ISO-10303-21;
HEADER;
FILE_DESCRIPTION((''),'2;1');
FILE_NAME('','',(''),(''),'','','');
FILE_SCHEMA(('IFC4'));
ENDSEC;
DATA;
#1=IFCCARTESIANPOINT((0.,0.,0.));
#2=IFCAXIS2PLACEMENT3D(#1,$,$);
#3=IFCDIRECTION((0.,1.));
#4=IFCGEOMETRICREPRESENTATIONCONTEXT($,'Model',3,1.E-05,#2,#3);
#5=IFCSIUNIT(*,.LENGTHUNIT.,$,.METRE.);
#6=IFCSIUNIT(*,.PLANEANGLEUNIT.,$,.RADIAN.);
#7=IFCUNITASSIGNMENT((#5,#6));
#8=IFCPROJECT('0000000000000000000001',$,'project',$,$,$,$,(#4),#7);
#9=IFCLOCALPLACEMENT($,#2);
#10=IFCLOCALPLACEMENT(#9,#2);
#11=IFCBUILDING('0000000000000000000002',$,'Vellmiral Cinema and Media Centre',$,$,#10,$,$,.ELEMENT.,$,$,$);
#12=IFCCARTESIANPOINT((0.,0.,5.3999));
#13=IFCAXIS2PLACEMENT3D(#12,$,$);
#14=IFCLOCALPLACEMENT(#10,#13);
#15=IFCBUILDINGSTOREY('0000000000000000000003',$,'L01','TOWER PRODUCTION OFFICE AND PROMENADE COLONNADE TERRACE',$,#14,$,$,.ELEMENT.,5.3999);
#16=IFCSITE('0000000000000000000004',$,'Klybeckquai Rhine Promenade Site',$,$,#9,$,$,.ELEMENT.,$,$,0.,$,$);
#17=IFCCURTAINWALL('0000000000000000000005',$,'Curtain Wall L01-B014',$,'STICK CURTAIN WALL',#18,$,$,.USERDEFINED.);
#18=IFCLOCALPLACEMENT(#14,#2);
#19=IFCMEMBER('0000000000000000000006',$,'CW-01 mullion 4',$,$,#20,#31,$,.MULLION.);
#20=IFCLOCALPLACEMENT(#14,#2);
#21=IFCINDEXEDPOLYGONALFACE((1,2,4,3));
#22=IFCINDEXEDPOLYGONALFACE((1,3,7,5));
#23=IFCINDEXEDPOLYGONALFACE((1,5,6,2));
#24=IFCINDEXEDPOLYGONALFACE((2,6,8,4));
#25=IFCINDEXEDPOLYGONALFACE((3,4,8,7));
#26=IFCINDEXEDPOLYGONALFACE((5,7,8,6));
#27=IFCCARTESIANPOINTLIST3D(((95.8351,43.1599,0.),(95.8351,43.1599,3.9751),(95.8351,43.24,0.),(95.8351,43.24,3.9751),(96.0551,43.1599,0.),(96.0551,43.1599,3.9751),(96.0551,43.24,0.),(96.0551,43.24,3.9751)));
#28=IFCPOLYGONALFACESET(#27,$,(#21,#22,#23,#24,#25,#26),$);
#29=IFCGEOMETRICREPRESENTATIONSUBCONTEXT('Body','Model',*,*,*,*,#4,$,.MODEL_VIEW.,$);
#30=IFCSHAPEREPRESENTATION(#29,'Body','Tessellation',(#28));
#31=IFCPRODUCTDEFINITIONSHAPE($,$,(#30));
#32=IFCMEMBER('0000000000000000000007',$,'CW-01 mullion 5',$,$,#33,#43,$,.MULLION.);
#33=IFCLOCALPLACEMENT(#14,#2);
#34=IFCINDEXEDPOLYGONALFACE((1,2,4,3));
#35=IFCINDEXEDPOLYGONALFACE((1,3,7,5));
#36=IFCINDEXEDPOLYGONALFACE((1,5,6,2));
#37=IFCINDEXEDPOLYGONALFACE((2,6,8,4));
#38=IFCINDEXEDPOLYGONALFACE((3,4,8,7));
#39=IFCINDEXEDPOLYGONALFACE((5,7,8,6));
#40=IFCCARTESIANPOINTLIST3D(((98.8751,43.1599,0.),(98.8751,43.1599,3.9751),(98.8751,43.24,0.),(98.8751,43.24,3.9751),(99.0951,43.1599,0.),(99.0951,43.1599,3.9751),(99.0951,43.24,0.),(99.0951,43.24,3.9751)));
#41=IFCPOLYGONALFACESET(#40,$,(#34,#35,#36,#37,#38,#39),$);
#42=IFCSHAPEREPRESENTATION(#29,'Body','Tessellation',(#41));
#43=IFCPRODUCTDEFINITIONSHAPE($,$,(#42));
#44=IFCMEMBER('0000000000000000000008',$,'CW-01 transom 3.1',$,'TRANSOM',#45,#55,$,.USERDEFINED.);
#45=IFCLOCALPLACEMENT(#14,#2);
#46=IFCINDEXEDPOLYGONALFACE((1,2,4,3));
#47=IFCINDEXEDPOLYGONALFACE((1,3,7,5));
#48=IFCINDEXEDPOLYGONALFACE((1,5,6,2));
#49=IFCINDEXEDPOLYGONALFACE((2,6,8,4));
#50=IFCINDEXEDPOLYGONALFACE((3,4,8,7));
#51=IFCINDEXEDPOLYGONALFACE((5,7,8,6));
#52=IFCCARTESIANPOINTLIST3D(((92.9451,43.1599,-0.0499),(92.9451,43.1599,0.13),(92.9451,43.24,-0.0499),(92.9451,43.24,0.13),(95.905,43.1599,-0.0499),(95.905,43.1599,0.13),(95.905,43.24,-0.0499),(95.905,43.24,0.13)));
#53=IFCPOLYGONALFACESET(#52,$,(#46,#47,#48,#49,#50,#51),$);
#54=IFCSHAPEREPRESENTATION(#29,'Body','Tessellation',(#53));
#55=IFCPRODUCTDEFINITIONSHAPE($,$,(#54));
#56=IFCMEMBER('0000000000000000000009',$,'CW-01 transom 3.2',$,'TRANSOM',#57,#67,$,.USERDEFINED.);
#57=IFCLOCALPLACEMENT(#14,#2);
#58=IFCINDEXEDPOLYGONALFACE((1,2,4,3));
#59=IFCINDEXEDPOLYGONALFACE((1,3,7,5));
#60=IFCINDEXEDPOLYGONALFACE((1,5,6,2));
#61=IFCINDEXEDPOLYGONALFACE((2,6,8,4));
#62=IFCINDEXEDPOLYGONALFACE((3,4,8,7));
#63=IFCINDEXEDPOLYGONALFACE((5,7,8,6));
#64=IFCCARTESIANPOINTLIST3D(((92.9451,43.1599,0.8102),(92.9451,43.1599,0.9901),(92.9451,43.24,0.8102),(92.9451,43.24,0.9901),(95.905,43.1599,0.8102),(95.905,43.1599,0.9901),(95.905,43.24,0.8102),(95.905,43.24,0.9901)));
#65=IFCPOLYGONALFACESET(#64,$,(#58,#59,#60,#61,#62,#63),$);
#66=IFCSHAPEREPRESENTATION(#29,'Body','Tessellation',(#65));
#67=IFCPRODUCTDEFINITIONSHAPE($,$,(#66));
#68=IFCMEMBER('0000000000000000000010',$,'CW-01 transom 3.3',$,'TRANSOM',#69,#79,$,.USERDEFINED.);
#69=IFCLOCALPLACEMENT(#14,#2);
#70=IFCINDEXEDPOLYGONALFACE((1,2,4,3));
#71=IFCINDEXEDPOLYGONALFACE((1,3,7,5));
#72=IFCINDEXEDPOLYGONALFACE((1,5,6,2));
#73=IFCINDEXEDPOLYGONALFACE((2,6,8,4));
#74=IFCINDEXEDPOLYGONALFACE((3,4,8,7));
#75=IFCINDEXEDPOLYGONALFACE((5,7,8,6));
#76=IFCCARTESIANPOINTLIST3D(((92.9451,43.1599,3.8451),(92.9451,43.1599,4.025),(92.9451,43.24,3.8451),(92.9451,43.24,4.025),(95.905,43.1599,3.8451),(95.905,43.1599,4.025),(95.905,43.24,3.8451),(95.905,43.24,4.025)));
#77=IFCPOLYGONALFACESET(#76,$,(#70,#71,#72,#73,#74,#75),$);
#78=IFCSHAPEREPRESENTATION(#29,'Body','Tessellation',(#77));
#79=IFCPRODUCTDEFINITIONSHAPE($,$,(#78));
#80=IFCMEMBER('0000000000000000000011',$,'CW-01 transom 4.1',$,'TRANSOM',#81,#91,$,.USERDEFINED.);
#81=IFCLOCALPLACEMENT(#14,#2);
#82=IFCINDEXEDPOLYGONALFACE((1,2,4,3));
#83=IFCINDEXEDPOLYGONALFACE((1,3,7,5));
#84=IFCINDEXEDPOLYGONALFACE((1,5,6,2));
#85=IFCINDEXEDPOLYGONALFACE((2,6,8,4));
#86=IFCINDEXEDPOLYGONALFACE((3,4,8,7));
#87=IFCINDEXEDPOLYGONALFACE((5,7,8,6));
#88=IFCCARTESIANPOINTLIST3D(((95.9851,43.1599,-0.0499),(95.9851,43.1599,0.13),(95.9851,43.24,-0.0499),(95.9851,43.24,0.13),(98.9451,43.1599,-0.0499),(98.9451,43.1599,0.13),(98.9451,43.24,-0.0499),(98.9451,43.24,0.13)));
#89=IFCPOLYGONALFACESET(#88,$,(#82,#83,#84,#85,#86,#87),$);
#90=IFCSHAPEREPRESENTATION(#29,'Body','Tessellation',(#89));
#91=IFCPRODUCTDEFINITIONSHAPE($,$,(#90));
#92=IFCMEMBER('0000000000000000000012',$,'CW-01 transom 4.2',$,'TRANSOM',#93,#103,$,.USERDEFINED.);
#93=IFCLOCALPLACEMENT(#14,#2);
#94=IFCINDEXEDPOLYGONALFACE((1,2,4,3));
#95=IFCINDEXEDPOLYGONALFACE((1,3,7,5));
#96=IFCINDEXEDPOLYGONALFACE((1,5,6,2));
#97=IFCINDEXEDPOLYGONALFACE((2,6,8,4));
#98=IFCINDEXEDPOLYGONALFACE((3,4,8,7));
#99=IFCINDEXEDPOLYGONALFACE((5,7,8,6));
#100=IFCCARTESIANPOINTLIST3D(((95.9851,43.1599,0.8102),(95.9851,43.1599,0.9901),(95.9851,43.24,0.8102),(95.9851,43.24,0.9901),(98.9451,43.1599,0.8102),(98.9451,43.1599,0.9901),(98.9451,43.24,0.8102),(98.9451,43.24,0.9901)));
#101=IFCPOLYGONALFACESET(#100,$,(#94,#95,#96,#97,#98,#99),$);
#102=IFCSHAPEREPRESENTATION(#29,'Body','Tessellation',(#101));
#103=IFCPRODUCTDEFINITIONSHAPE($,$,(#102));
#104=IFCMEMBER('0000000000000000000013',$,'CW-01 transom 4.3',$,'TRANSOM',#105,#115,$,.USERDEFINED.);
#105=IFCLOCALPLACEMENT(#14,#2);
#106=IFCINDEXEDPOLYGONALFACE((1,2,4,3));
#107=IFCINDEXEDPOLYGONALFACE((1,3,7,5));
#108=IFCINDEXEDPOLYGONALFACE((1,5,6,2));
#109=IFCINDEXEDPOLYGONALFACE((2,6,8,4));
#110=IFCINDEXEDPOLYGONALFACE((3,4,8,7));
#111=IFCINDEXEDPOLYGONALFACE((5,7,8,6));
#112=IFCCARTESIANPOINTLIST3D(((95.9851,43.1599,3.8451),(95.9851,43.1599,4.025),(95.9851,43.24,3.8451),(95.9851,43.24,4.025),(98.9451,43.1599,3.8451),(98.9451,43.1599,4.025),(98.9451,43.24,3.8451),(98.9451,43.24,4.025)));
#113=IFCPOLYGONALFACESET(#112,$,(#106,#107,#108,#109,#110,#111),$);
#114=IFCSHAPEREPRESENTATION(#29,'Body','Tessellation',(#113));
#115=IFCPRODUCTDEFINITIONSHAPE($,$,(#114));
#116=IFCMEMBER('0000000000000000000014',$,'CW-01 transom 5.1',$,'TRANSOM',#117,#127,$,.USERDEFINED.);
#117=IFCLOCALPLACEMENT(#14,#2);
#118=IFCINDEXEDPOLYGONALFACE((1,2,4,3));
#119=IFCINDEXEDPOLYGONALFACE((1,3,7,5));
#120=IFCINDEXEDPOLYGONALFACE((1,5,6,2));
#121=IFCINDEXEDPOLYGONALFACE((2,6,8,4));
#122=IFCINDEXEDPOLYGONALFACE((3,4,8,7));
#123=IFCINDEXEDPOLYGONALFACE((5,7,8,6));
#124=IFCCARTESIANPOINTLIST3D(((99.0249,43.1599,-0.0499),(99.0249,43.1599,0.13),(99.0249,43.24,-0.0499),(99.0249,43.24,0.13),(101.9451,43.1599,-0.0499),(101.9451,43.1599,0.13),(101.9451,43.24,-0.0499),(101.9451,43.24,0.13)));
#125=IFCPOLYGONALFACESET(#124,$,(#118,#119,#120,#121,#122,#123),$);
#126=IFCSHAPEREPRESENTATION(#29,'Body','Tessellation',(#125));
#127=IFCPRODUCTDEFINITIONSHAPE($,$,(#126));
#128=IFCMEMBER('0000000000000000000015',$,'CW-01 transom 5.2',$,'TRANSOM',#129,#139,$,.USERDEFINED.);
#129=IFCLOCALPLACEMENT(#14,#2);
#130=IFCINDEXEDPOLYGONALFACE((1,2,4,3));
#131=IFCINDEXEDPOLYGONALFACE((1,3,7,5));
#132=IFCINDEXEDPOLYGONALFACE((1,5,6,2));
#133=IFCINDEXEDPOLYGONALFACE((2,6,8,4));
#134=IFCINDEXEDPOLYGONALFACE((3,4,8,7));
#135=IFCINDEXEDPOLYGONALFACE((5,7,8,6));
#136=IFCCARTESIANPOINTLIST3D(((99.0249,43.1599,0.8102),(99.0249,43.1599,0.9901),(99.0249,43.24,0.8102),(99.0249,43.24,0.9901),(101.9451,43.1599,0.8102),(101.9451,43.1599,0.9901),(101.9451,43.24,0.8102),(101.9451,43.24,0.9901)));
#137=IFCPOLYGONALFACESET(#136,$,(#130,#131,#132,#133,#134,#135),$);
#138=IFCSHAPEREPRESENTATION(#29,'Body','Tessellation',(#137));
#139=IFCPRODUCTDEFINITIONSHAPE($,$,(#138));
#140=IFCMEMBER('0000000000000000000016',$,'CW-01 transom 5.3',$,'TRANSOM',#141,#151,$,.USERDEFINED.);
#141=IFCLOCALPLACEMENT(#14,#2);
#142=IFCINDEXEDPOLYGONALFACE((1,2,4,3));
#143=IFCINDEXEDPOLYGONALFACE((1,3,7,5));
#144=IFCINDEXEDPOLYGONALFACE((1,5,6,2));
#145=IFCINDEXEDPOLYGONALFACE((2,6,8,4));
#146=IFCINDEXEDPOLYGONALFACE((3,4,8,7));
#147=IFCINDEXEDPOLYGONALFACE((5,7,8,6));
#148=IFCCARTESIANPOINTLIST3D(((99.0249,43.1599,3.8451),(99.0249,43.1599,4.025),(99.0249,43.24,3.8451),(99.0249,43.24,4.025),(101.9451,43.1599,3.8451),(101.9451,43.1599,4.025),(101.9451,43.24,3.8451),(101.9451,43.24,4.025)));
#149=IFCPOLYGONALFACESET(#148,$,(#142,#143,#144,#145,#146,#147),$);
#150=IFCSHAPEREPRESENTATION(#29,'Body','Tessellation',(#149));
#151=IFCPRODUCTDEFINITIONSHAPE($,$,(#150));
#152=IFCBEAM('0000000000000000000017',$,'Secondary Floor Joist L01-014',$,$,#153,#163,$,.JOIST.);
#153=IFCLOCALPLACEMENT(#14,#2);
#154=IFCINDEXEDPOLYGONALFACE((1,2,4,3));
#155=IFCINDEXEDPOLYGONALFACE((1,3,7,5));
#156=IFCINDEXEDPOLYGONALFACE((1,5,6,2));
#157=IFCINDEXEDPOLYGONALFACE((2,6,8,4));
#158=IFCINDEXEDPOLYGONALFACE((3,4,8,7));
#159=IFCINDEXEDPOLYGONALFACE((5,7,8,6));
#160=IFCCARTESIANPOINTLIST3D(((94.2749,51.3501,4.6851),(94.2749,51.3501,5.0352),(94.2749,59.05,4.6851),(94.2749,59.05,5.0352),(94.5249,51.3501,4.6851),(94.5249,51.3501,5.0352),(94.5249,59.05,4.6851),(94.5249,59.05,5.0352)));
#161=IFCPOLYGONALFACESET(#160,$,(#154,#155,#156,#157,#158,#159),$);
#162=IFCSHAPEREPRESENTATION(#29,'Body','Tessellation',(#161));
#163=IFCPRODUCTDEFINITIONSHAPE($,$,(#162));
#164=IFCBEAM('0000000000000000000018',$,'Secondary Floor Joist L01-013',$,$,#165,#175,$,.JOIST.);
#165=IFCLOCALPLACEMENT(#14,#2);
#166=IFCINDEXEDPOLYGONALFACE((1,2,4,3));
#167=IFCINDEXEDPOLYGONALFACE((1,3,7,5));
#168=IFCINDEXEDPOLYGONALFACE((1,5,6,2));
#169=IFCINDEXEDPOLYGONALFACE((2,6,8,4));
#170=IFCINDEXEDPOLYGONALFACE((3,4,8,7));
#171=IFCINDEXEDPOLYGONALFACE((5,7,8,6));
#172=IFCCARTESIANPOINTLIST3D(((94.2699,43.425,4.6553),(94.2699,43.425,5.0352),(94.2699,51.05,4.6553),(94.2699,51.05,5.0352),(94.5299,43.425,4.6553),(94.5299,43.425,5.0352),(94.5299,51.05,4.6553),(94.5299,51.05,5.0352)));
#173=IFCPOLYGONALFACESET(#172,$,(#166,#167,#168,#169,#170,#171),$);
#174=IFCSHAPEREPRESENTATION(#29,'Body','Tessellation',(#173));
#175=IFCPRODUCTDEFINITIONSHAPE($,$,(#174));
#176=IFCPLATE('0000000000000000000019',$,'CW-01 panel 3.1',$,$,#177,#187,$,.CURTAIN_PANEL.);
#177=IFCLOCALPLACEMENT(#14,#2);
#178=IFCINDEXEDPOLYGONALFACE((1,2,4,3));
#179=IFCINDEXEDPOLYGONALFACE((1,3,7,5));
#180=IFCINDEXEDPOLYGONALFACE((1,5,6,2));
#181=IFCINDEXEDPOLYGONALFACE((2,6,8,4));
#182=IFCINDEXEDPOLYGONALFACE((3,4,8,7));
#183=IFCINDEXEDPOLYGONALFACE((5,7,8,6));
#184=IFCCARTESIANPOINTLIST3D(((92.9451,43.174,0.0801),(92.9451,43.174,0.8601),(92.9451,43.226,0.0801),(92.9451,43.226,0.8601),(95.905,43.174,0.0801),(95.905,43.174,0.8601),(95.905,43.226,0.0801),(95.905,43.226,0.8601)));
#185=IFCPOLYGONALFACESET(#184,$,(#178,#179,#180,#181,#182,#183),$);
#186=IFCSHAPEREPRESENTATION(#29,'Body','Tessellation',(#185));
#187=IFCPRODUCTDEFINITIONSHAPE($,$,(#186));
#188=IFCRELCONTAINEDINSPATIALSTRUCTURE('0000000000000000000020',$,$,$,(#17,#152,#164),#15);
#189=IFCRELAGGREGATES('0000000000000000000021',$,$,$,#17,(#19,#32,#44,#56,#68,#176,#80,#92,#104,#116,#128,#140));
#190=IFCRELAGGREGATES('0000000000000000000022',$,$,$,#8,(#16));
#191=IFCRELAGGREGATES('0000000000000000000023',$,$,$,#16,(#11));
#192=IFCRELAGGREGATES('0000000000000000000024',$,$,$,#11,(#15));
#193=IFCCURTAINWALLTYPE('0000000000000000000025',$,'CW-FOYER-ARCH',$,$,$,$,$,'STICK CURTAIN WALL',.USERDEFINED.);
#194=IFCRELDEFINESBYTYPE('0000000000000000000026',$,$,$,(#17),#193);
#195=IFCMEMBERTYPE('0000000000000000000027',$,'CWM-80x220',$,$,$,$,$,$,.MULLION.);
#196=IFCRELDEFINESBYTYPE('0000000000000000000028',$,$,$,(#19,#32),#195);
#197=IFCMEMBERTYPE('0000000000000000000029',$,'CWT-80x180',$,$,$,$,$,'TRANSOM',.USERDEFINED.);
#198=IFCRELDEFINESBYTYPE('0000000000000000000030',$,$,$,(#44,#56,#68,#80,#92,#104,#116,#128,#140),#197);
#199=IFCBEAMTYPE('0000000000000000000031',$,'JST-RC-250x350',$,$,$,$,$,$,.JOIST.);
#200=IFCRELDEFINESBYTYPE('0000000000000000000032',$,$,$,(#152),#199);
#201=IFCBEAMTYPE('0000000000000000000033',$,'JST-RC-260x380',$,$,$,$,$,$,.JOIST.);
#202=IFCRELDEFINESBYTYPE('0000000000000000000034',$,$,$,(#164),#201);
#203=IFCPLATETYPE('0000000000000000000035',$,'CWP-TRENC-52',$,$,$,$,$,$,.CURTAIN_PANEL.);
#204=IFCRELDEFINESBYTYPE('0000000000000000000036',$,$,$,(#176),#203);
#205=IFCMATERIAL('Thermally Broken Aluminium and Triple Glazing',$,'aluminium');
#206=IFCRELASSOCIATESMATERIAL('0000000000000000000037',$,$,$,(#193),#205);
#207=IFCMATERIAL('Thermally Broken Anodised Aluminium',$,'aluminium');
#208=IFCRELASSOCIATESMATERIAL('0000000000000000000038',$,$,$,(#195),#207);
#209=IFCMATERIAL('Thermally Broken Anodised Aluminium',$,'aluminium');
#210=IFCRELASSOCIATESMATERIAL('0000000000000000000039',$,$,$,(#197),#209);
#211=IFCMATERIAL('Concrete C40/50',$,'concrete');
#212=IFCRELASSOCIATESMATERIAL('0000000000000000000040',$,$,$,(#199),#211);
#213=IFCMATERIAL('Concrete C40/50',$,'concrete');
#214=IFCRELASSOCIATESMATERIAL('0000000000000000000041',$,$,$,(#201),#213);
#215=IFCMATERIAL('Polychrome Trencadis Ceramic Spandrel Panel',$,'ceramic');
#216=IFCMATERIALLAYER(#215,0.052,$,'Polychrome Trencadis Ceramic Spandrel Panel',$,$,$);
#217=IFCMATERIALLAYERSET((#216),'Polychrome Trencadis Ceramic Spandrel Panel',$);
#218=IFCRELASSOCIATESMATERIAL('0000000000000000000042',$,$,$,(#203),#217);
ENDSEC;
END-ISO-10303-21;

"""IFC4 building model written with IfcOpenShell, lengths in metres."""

from ifc_helpers import new_model, si_unit, direction, frame, origin, origin_2d, place, context, subcontext, project, spatial, rectangle, extrude, material, layer, layer_set, material_profile, profile_set, type_object, element, aggregate, save


model = new_model("IFC4")

# Units and contexts
model_context = context("Model", 3, precision=1e-05, world=origin(), true_north=direction((0.0, 1.0)))
body_context = subcontext(model_context, "Body", "Model", "MODEL_VIEW")
ifc_project = project(units=[si_unit("LENGTHUNIT", "METRE"), si_unit("PLANEANGLEUNIT", "RADIAN")], contexts=[model_context])

# Site, building, storey
site_placement = place(None, origin())
site = spatial("IfcSite", under=ifc_project, at=site_placement, Name="Klybeckquai Rhine Promenade Site", CompositionType="ELEMENT", RefElevation=0.0)
building_placement = place(site_placement, origin())
building = spatial("IfcBuilding", under=site, at=building_placement, Name="Vellmiral Cinema and Media Centre", CompositionType="ELEMENT")
storey_placement = place(building_placement, frame((0.0, 0.0, 5.3999)))
storey = spatial("IfcBuildingStorey", under=building, at=storey_placement, Name="L01", Description="TOWER PRODUCTION OFFICE AND PROMENADE COLONNADE TERRACE", CompositionType="ELEMENT", Elevation=5.3999)

# Curtain wall, members
ifc_material_1 = material(Name="Thermally Broken Aluminium and Triple Glazing", Category="aluminium")
curtain_wall_type = type_object("IfcCurtainWallType", Name="CW-FOYER-ARCH", ElementType="STICK CURTAIN WALL", PredefinedType="USERDEFINED", material=ifc_material_1)
curtain_wall_placement = place(storey_placement, origin())
curtain_wall = element("IfcCurtainWall", 1, at=curtain_wall_placement, inside=storey, type_object=curtain_wall_type, Name="Curtain Wall L01-B014", ObjectType="STICK CURTAIN WALL", PredefinedType="USERDEFINED")
ifc_material_2 = material(Name="Thermally Broken Anodised Aluminium", Category="aluminium")
ifc_material_profile_1 = material_profile(ifc_material_2, rectangle(XDim=0.0801, YDim=0.22, at=origin_2d()), Name="MULL 80x220")
ifc_profile_set_1 = profile_set([ifc_material_profile_1], Name="Thermally Broken Anodised Aluminium")
member_type_1 = type_object("IfcMemberType", Name="CWM-80x220", PredefinedType="MULLION", material=ifc_profile_set_1)
member_1_placement = place(storey_placement, frame((95.9451, 43.2, 0.0), z_axis=(0.0, 0.0, 1.0), x_axis=(0.0, 1.0, 0.0)))
member_1 = element("IfcMember", 2, at=member_1_placement, type_object=member_type_1, Name="CW-01 mullion 4", PredefinedType="MULLION", context=body_context, shape_type="SweptSolid", body=[
    extrude(rectangle(XDim=0.0801, YDim=0.22, at=origin_2d()), origin(), (0.0, 0.0, 1.0), 3.9751),
])
member_2_placement = place(storey_placement, frame((98.9851, 43.2, 0.0), z_axis=(0.0, 0.0, 1.0), x_axis=(0.0, 1.0, 0.0)))
member_2 = element("IfcMember", 3, at=member_2_placement, type_object=member_type_1, Name="CW-01 mullion 5", PredefinedType="MULLION", context=body_context, shape_type="SweptSolid", body=[
    extrude(rectangle(XDim=0.0801, YDim=0.22, at=origin_2d()), origin(), (0.0, 0.0, 1.0), 3.9751),
])
ifc_material_3 = material(Name="Thermally Broken Anodised Aluminium", Category="aluminium")
ifc_material_profile_2 = material_profile(ifc_material_3, rectangle(XDim=0.0801, YDim=0.1799, at=origin_2d()), Name="MULL 80x180")
ifc_profile_set_2 = profile_set([ifc_material_profile_2], Name="Thermally Broken Anodised Aluminium")
member_type_2 = type_object("IfcMemberType", Name="CWT-80x180", ElementType="TRANSOM", PredefinedType="USERDEFINED", material=ifc_profile_set_2)
member_3_placement = place(storey_placement, frame((92.9451, 43.2, 0.04), z_axis=(1.0, 0.0, 0.0), x_axis=(0.0, 1.0, 0.0)))
member_3 = element("IfcMember", 4, at=member_3_placement, type_object=member_type_2, Name="CW-01 transom 3.1", ObjectType="TRANSOM", PredefinedType="USERDEFINED", context=body_context, shape_type="SweptSolid", body=[
    extrude(rectangle(XDim=0.0801, YDim=0.1799, at=origin_2d()), origin(), (0.0, 0.0, 1.0), 2.96),
])
member_4_placement = place(storey_placement, frame((92.9451, 43.2, 0.9001), z_axis=(1.0, 0.0, 0.0), x_axis=(0.0, 1.0, 0.0)))
member_4 = element("IfcMember", 5, at=member_4_placement, type_object=member_type_2, Name="CW-01 transom 3.2", ObjectType="TRANSOM", PredefinedType="USERDEFINED", context=body_context, shape_type="SweptSolid", body=[
    extrude(rectangle(XDim=0.0801, YDim=0.1799, at=origin_2d()), origin(), (0.0, 0.0, 1.0), 2.96),
])
member_5_placement = place(storey_placement, frame((92.9451, 43.2, 3.9351), z_axis=(1.0, 0.0, 0.0), x_axis=(0.0, 1.0, 0.0)))
member_5 = element("IfcMember", 6, at=member_5_placement, type_object=member_type_2, Name="CW-01 transom 3.3", ObjectType="TRANSOM", PredefinedType="USERDEFINED", context=body_context, shape_type="SweptSolid", body=[
    extrude(rectangle(XDim=0.0801, YDim=0.1799, at=origin_2d()), origin(), (0.0, 0.0, 1.0), 2.96),
])
member_6_placement = place(storey_placement, frame((95.9851, 43.2, 0.04), z_axis=(1.0, 0.0, 0.0), x_axis=(0.0, 1.0, 0.0)))
member_6 = element("IfcMember", 7, at=member_6_placement, type_object=member_type_2, Name="CW-01 transom 4.1", ObjectType="TRANSOM", PredefinedType="USERDEFINED", context=body_context, shape_type="SweptSolid", body=[
    extrude(rectangle(XDim=0.0801, YDim=0.1799, at=origin_2d()), origin(), (0.0, 0.0, 1.0), 2.96),
])
member_7_placement = place(storey_placement, frame((95.9851, 43.2, 0.9001), z_axis=(1.0, 0.0, 0.0), x_axis=(0.0, 1.0, 0.0)))
member_7 = element("IfcMember", 8, at=member_7_placement, type_object=member_type_2, Name="CW-01 transom 4.2", ObjectType="TRANSOM", PredefinedType="USERDEFINED", context=body_context, shape_type="SweptSolid", body=[
    extrude(rectangle(XDim=0.0801, YDim=0.1799, at=origin_2d()), origin(), (0.0, 0.0, 1.0), 2.96),
])
member_8_placement = place(storey_placement, frame((95.9851, 43.2, 3.9351), z_axis=(1.0, 0.0, 0.0), x_axis=(0.0, 1.0, 0.0)))
member_8 = element("IfcMember", 9, at=member_8_placement, type_object=member_type_2, Name="CW-01 transom 4.3", ObjectType="TRANSOM", PredefinedType="USERDEFINED", context=body_context, shape_type="SweptSolid", body=[
    extrude(rectangle(XDim=0.0801, YDim=0.1799, at=origin_2d()), origin(), (0.0, 0.0, 1.0), 2.96),
])
member_9_placement = place(storey_placement, frame((99.0249, 43.2, 0.04), z_axis=(1.0, 0.0, 0.0), x_axis=(0.0, 1.0, 0.0)))
member_9 = element("IfcMember", 10, at=member_9_placement, type_object=member_type_2, Name="CW-01 transom 5.1", ObjectType="TRANSOM", PredefinedType="USERDEFINED", context=body_context, shape_type="SweptSolid", body=[
    extrude(rectangle(XDim=0.0801, YDim=0.1799, at=origin_2d()), origin(), (0.0, 0.0, 1.0), 2.9202),
])
member_10_placement = place(storey_placement, frame((99.0249, 43.2, 0.9001), z_axis=(1.0, 0.0, 0.0), x_axis=(0.0, 1.0, 0.0)))
member_10 = element("IfcMember", 11, at=member_10_placement, type_object=member_type_2, Name="CW-01 transom 5.2", ObjectType="TRANSOM", PredefinedType="USERDEFINED", context=body_context, shape_type="SweptSolid", body=[
    extrude(rectangle(XDim=0.0801, YDim=0.1799, at=origin_2d()), origin(), (0.0, 0.0, 1.0), 2.9202),
])
member_11_placement = place(storey_placement, frame((99.0249, 43.2, 3.9351), z_axis=(1.0, 0.0, 0.0), x_axis=(0.0, 1.0, 0.0)))
member_11 = element("IfcMember", 12, at=member_11_placement, type_object=member_type_2, Name="CW-01 transom 5.3", ObjectType="TRANSOM", PredefinedType="USERDEFINED", context=body_context, shape_type="SweptSolid", body=[
    extrude(rectangle(XDim=0.0801, YDim=0.1799, at=origin_2d()), origin(), (0.0, 0.0, 1.0), 2.9202),
])

# Beams
ifc_material_4 = material(Name="Concrete C40/50", Category="concrete")
ifc_material_profile_3 = material_profile(ifc_material_4, rectangle(XDim=0.25, YDim=0.3501, at=origin_2d()), Name="RC 250x350")
ifc_profile_set_3 = profile_set([ifc_material_profile_3], Name="Concrete C40/50")
beam_type_1 = type_object("IfcBeamType", Name="JST-RC-250x350", PredefinedType="JOIST", material=ifc_profile_set_3)
beam_1_placement = place(storey_placement, frame((94.3999, 51.3501, 4.8601), z_axis=(0.0, 1.0, 0.0), x_axis=(-1.0, 0.0, 0.0)))
element("IfcBeam", 13, at=beam_1_placement, inside=storey, type_object=beam_type_1, Name="Secondary Floor Joist L01-014", PredefinedType="JOIST", context=body_context, shape_type="SweptSolid", body=[
    extrude(rectangle(XDim=0.25, YDim=0.3501, at=origin_2d()), origin(), (0.0, 0.0, 1.0), 7.7),
])
ifc_material_5 = material(Name="Concrete C40/50", Category="concrete")
ifc_material_profile_4 = material_profile(ifc_material_5, rectangle(XDim=0.26, YDim=0.3799, at=origin_2d()), Name="RC 260x380")
ifc_profile_set_4 = profile_set([ifc_material_profile_4], Name="Concrete C40/50")
beam_type_2 = type_object("IfcBeamType", Name="JST-RC-260x380", PredefinedType="JOIST", material=ifc_profile_set_4)
beam_2_placement = place(storey_placement, frame((94.3999, 43.425, 4.8452), z_axis=(0.0, 1.0, 0.0), x_axis=(-1.0, 0.0, 0.0)))
element("IfcBeam", 14, at=beam_2_placement, inside=storey, type_object=beam_type_2, Name="Secondary Floor Joist L01-013", PredefinedType="JOIST", context=body_context, shape_type="SweptSolid", body=[
    extrude(rectangle(XDim=0.26, YDim=0.3799, at=origin_2d()), origin(), (0.0, 0.0, 1.0), 7.625),
])

# Plate
ifc_material_6 = material(Name="Polychrome Trencadis Ceramic Spandrel Panel", Category="ceramic")
ifc_layer_1 = layer(ifc_material_6, 0.052, Name="Polychrome Trencadis Ceramic Spandrel Panel")
ifc_layer_set_1 = layer_set([ifc_layer_1], Name="Polychrome Trencadis Ceramic Spandrel Panel")
plate_type_1 = type_object("IfcPlateType", Name="CWP-TRENC-52", PredefinedType="CURTAIN_PANEL", material=ifc_layer_set_1)
plate_1_placement = place(storey_placement, frame((94.425, 43.2, 0.0801), z_axis=(0.0, 0.0, 1.0), x_axis=(1.0, 0.0, 0.0)))
plate_1 = element("IfcPlate", 15, at=plate_1_placement, type_object=plate_type_1, Name="CW-01 panel 3.1", PredefinedType="CURTAIN_PANEL", context=body_context, shape_type="SweptSolid", body=[
    extrude(rectangle(XDim=2.96, YDim=0.052, at=origin_2d()), origin(), (0.0, 0.0, 1.0), 0.78),
])
aggregate(curtain_wall, [member_1, member_2, member_3, member_4, member_5, plate_1, member_6, member_7, member_8, member_9, member_10, member_11])

save(model, "model.ifc")
